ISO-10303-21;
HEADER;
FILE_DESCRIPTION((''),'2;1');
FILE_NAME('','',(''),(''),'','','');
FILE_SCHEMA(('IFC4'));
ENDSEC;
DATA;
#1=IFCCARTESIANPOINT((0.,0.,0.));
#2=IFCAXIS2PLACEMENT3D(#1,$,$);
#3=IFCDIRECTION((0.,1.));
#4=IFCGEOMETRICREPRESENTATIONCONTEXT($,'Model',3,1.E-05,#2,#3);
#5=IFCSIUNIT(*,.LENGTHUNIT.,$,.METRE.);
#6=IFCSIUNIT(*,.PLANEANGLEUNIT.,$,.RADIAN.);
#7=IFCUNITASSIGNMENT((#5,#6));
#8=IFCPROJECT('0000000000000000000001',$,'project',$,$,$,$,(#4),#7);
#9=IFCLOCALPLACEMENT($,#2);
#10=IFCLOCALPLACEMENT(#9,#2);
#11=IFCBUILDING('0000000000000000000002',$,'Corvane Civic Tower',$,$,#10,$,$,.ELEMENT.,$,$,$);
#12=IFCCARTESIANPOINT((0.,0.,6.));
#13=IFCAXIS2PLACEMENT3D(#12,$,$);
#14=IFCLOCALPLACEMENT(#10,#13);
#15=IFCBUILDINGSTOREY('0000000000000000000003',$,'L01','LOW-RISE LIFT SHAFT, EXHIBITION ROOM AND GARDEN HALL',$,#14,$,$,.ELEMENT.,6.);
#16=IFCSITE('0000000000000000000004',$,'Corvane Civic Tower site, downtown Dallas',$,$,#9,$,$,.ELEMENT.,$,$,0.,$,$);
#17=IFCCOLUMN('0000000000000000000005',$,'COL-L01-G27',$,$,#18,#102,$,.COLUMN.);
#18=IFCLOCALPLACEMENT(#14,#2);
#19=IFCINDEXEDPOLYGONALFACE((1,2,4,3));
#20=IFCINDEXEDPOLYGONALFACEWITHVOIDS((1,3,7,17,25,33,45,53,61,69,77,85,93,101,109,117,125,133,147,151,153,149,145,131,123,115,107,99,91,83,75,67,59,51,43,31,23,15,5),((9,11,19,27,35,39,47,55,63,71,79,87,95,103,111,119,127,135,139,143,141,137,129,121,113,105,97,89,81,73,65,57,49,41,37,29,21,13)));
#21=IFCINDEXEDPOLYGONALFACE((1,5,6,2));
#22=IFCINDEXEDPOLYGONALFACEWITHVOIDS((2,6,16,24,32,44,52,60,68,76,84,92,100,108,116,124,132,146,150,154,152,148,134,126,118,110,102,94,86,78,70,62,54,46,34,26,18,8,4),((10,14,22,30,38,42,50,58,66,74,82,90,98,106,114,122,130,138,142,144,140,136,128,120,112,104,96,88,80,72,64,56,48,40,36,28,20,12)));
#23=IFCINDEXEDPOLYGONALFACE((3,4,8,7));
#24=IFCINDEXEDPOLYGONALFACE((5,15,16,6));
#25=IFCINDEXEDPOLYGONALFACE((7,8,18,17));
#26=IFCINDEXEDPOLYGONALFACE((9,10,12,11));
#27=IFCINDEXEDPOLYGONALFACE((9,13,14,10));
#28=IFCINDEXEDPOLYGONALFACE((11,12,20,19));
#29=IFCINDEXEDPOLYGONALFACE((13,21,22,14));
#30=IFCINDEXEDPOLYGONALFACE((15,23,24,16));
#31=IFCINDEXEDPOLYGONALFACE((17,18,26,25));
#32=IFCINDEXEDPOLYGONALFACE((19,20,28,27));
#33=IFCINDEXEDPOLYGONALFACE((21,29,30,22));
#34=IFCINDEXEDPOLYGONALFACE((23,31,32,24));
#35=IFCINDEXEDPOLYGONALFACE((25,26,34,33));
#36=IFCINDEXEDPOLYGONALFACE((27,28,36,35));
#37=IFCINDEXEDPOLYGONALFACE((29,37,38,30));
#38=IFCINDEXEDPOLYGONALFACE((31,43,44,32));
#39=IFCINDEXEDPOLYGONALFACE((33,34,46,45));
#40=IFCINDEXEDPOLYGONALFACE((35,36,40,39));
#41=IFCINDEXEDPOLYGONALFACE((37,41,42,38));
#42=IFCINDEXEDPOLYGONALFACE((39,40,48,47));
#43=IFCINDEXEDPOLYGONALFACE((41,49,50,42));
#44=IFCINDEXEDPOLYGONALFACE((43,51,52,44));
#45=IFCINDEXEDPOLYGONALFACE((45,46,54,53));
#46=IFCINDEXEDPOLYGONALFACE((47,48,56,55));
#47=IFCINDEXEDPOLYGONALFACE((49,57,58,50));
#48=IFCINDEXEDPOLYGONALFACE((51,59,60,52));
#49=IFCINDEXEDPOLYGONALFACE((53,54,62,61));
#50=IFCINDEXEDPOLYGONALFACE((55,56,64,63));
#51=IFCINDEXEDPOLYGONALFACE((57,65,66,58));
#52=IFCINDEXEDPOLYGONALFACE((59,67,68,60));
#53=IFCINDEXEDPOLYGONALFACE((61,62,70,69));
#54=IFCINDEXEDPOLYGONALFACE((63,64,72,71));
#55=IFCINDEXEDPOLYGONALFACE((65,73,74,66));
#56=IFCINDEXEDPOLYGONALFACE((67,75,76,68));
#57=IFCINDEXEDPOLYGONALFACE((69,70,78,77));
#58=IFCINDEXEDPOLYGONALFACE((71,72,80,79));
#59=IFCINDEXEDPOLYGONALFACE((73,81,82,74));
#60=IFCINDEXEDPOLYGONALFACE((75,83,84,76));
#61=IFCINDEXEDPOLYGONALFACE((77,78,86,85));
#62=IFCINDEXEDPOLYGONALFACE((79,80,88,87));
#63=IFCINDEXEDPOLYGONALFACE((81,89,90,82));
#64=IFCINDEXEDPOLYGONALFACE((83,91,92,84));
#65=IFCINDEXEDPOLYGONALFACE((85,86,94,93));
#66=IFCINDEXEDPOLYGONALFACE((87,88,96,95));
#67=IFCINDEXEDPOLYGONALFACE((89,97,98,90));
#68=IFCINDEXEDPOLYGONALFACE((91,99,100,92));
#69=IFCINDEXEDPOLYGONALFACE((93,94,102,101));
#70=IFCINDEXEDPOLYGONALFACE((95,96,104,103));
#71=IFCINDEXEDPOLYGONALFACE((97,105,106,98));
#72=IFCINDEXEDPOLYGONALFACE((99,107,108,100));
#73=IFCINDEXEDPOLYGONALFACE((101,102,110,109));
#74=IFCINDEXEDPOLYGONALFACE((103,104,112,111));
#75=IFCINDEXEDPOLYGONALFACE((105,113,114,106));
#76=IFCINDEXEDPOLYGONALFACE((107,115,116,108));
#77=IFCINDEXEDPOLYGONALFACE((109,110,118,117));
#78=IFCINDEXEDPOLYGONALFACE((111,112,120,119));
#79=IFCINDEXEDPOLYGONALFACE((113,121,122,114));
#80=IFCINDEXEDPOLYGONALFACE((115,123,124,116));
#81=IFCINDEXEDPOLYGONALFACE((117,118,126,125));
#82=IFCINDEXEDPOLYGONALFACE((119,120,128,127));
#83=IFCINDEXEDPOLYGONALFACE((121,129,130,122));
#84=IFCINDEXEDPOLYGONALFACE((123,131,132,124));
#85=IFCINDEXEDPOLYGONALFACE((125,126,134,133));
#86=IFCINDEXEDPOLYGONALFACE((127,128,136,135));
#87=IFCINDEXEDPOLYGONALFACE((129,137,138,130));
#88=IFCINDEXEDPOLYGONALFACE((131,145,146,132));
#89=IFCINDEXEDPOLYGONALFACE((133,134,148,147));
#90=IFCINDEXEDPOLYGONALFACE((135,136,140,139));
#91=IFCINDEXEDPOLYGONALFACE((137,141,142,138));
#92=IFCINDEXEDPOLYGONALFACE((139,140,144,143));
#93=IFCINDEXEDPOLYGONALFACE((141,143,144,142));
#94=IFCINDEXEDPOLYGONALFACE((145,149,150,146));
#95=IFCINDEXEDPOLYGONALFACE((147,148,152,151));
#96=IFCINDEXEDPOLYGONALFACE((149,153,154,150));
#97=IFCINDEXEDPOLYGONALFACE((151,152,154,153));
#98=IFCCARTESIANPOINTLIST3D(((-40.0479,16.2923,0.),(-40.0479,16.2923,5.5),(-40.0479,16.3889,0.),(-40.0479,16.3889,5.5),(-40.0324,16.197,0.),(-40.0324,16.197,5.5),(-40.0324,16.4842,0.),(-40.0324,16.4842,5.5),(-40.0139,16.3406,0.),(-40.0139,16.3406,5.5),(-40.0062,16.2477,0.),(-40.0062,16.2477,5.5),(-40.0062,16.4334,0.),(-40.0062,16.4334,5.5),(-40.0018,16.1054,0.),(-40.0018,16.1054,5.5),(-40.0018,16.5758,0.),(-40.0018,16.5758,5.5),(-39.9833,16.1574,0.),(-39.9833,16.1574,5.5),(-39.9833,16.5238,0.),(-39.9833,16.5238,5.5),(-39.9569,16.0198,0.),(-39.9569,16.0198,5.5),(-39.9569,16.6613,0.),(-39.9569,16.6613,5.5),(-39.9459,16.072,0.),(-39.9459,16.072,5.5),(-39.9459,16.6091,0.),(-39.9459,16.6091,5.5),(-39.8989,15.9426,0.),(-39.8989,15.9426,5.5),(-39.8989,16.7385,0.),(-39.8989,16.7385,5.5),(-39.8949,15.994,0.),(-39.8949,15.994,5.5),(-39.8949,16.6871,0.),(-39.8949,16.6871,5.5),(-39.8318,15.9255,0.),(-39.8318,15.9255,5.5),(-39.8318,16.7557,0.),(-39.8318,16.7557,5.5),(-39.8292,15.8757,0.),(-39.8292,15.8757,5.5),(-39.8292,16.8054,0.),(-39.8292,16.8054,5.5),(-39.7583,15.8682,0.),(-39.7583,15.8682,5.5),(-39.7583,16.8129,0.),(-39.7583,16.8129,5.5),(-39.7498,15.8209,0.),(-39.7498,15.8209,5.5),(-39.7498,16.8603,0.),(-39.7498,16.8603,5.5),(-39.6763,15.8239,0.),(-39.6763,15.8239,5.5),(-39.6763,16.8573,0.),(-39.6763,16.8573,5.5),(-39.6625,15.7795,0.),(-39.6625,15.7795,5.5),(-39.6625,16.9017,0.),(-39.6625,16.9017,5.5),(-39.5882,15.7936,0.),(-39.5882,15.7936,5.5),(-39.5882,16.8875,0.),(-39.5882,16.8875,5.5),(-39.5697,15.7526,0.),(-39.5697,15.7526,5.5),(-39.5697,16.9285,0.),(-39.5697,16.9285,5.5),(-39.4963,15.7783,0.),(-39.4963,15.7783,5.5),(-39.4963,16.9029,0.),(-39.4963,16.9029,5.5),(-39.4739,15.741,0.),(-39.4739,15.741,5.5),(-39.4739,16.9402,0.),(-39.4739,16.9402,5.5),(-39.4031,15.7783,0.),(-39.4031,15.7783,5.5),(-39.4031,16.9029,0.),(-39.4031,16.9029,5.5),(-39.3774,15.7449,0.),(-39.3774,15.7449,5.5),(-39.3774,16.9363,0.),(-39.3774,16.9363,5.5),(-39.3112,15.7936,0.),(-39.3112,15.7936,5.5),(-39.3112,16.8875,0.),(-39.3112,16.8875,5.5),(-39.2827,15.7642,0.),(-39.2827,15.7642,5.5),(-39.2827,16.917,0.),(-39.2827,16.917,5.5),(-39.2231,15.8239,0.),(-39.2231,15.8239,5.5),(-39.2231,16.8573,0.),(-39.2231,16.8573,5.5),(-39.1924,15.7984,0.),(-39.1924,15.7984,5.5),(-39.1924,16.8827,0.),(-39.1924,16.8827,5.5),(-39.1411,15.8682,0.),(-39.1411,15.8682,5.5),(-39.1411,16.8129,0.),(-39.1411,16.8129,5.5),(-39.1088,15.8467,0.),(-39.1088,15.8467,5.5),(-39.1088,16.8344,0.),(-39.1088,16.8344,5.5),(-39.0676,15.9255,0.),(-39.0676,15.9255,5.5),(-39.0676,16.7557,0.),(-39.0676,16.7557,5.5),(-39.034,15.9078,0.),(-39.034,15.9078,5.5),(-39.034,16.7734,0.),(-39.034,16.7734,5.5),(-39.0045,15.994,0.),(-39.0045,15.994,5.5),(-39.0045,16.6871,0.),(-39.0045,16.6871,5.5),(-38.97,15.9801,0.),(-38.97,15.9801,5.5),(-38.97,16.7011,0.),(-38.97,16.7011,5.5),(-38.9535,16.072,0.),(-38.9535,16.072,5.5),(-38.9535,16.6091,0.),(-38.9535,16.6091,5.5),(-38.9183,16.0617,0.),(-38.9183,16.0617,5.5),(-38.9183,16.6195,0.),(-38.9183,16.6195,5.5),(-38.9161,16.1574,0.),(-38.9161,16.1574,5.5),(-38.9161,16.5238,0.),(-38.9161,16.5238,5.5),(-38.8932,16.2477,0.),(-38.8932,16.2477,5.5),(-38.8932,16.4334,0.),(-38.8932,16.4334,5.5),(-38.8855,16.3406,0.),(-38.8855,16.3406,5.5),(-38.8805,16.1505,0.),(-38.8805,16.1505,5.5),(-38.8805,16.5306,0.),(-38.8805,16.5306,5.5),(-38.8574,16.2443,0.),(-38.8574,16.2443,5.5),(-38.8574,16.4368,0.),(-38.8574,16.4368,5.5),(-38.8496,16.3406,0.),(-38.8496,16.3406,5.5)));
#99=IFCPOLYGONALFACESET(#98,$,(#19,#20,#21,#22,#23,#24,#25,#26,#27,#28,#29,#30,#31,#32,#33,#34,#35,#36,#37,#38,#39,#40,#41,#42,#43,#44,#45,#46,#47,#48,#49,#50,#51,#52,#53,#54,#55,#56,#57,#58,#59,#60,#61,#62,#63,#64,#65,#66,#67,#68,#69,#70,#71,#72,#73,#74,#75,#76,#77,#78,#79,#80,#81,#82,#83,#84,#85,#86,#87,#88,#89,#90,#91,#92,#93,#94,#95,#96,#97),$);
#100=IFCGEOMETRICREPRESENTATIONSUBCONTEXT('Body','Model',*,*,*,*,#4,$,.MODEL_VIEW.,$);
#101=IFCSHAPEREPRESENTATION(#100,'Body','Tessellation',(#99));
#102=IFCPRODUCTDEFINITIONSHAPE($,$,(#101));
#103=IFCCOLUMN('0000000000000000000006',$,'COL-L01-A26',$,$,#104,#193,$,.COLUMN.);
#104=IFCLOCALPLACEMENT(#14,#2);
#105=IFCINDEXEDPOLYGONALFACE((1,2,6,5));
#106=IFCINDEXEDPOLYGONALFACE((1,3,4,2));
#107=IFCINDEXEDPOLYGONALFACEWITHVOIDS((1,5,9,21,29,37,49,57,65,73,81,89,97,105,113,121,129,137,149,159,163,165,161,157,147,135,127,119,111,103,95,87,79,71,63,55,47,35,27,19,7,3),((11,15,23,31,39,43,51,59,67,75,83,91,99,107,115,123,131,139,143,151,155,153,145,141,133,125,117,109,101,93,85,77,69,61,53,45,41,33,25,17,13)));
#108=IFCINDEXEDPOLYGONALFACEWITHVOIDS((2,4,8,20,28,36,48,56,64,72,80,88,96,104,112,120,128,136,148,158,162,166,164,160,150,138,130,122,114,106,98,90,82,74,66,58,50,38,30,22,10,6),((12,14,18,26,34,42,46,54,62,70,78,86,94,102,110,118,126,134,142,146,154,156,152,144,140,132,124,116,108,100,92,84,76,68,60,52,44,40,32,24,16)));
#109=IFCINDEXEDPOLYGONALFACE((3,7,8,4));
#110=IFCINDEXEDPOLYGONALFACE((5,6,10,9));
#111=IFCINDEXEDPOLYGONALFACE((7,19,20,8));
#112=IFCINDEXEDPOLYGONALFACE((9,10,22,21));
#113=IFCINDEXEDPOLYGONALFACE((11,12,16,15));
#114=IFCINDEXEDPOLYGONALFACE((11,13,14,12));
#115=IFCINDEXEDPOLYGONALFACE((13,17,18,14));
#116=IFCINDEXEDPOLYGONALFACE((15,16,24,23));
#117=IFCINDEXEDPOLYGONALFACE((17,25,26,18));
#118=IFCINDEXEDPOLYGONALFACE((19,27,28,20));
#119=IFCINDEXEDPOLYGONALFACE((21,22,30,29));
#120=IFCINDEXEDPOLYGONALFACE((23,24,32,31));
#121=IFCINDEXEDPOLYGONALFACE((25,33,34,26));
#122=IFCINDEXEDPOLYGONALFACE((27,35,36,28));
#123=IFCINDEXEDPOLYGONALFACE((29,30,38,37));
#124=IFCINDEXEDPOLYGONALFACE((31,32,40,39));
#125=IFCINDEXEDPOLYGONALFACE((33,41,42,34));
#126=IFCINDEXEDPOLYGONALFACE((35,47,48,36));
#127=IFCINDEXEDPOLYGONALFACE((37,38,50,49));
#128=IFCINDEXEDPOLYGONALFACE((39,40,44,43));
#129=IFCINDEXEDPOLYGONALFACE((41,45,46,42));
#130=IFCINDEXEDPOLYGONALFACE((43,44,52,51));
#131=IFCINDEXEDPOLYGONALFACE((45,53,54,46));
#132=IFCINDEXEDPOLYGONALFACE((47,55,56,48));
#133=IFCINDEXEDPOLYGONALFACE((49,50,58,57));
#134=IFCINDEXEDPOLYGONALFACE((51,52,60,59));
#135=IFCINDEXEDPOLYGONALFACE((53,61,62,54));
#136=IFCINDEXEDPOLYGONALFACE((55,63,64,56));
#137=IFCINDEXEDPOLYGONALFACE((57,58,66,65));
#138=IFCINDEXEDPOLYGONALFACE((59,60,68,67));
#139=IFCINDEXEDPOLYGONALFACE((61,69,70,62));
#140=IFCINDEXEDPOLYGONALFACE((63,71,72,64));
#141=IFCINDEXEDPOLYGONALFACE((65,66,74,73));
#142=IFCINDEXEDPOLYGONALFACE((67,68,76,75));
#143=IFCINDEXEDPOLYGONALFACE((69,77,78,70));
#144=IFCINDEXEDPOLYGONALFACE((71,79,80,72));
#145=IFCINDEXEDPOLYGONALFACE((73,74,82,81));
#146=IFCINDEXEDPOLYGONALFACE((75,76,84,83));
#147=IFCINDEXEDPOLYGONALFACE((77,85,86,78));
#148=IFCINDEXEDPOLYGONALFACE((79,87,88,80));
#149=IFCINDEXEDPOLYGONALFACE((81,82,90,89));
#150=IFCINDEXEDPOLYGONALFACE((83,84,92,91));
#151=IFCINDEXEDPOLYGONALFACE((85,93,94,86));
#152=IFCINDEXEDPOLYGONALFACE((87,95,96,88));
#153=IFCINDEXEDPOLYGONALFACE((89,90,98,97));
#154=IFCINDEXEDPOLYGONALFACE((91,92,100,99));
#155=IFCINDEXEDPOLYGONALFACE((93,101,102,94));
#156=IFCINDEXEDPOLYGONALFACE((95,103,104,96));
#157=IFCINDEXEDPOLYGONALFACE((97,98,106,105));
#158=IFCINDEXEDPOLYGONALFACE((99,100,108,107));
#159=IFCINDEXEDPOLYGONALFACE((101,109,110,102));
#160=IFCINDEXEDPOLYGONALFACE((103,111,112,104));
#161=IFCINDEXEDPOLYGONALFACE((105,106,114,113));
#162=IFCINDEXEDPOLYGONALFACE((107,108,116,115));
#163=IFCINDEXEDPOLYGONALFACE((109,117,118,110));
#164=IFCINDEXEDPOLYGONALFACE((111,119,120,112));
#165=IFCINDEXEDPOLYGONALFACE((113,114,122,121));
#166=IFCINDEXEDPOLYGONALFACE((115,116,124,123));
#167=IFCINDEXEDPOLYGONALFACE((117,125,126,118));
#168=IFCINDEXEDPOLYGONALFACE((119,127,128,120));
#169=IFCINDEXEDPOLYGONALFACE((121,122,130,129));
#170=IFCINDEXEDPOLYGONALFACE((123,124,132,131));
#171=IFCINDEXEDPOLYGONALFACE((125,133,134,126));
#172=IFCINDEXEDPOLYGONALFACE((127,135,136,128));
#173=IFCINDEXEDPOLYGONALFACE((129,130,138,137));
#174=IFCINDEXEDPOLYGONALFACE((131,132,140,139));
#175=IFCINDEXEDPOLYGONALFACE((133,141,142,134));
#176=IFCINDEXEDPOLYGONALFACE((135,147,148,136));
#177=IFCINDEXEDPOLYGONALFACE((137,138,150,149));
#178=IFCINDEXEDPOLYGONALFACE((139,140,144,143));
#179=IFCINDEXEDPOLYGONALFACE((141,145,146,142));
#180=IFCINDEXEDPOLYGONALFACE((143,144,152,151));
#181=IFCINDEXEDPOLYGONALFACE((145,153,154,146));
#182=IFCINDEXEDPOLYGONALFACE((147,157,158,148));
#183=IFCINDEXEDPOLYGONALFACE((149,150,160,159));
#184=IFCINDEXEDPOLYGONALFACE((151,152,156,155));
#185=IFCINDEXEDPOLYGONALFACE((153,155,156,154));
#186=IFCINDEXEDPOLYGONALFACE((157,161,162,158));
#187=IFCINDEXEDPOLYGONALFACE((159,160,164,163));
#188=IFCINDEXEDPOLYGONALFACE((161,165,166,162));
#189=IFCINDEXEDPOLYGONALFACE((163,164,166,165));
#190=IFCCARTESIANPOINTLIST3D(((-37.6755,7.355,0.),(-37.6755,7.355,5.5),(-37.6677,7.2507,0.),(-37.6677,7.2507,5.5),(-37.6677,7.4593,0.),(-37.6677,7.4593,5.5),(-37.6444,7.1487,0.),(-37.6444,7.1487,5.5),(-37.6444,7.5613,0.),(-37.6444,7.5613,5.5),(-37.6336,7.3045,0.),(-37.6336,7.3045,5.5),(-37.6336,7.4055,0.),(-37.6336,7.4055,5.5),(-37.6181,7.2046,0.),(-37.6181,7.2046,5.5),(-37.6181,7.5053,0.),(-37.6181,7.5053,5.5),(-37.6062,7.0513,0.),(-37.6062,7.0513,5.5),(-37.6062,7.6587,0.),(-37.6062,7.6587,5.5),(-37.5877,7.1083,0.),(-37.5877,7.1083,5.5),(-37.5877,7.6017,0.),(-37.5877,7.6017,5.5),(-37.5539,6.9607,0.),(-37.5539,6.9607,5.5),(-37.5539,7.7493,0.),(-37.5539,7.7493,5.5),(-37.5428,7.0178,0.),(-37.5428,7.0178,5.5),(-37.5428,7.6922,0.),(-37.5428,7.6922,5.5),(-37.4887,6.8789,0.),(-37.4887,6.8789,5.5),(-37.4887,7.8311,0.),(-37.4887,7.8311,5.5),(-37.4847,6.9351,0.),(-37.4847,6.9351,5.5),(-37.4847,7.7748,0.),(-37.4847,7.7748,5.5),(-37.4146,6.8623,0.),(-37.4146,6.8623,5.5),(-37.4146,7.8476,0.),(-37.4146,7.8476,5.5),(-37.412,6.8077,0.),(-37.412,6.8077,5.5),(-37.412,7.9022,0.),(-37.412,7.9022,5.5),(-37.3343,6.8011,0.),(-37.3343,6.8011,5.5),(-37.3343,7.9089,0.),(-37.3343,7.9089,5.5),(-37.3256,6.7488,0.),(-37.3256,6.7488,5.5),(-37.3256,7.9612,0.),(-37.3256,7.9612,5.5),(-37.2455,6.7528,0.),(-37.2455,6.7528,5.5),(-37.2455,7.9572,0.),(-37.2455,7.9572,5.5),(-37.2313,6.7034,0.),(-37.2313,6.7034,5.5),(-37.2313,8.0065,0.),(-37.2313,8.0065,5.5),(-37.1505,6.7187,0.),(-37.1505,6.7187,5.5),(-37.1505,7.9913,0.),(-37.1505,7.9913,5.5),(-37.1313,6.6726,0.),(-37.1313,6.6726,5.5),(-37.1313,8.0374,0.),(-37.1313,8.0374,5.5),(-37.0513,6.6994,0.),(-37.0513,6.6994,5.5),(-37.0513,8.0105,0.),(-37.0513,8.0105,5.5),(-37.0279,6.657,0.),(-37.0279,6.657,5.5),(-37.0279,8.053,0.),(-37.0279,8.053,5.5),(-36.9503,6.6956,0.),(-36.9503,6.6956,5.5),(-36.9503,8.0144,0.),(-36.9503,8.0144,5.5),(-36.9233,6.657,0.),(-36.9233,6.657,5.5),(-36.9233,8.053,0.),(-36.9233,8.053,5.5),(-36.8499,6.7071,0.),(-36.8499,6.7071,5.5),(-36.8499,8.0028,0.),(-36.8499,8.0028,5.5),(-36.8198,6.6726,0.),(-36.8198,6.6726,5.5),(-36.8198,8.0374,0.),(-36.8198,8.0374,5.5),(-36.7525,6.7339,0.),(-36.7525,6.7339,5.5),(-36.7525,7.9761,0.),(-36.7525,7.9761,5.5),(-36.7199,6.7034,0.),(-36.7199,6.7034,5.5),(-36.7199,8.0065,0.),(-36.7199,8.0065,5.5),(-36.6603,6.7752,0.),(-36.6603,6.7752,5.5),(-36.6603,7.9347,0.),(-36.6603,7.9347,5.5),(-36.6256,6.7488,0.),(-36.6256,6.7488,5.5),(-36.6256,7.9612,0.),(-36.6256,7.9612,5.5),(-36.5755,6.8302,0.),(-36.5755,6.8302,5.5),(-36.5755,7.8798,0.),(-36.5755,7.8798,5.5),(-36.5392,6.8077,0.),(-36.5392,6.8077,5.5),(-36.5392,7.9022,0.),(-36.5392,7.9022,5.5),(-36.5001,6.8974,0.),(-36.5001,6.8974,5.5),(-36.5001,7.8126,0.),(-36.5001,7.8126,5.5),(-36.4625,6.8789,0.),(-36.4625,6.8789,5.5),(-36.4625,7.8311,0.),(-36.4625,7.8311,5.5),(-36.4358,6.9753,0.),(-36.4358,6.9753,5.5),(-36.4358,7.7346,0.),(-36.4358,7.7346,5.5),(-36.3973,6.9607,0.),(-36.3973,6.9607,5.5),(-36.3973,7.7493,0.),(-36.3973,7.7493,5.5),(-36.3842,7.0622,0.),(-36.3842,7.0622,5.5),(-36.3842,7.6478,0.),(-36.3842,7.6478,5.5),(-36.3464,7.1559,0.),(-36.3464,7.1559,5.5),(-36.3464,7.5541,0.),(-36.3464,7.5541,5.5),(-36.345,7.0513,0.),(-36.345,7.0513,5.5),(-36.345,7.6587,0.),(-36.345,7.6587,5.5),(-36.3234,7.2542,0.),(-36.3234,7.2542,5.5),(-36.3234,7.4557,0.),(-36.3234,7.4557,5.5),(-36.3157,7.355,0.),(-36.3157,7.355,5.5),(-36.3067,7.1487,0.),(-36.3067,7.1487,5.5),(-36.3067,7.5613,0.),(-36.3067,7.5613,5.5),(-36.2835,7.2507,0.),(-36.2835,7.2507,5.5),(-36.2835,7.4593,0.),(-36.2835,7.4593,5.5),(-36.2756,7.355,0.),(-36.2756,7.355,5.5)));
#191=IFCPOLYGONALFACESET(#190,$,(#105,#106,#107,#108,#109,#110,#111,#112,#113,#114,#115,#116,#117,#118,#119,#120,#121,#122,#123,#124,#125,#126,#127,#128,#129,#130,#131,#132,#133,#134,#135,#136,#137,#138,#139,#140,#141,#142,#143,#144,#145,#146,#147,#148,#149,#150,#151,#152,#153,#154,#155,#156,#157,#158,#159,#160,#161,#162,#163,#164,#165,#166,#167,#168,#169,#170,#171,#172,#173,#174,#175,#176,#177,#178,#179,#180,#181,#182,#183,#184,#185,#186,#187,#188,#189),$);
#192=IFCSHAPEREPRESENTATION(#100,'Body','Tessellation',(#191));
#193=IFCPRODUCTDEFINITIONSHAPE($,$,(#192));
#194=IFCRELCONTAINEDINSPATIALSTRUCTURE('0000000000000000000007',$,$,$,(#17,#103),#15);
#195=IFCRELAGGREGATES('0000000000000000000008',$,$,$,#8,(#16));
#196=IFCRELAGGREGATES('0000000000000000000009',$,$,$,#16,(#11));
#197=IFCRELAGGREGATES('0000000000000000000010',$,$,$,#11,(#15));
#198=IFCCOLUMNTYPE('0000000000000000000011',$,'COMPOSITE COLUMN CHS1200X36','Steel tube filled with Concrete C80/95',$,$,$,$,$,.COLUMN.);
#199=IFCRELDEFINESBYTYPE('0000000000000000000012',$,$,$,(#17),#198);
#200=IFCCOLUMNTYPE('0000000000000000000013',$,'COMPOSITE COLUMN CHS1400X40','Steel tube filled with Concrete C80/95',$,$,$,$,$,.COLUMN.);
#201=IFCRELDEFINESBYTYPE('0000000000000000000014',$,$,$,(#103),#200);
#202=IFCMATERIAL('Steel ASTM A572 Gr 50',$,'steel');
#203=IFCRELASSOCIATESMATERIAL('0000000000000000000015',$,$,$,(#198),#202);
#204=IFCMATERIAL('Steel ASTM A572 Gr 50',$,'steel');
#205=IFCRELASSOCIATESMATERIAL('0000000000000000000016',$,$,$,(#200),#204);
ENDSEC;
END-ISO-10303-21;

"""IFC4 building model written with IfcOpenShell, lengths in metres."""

from ifc_helpers import new_model, si_unit, direction, frame, origin, origin_2d, place, context, subcontext, project, spatial, hollow_circle, extrude, material, material_profile, profile_set, type_object, element, save


model = new_model("IFC4")

# Units and contexts
model_context = context("Model", 3, precision=1e-05, world=origin(), true_north=direction((0.0, 1.0)))
body_context = subcontext(model_context, "Body", "Model", "MODEL_VIEW")
ifc_project = project(units=[si_unit("LENGTHUNIT", "METRE"), si_unit("PLANEANGLEUNIT", "RADIAN")], contexts=[model_context])

# Site, building, storey
site_placement = place(None, origin())
site = spatial("IfcSite", under=ifc_project, at=site_placement, Name="Corvane Civic Tower site, downtown Dallas", CompositionType="ELEMENT", RefElevation=0.0)
building_placement = place(site_placement, origin())
building = spatial("IfcBuilding", under=site, at=building_placement, Name="Corvane Civic Tower", CompositionType="ELEMENT")
storey_placement = place(building_placement, frame((0.0, 0.0, 6.0)))
storey = spatial("IfcBuildingStorey", under=building, at=storey_placement, Name="L01", Description="LOW-RISE LIFT SHAFT, EXHIBITION ROOM AND GARDEN HALL", CompositionType="ELEMENT", Elevation=6.0)

# Columns
ifc_material_1 = material(Name="Steel ASTM A572 Gr 50", Category="steel")
ifc_material_profile_1 = material_profile(ifc_material_1, hollow_circle(Radius=0.6001, WallThickness=0.0359, at=origin_2d()), Name="CHS1200X36")
ifc_profile_set_1 = profile_set([ifc_material_profile_1], Name="Steel ASTM A572 Gr 50")
column_type_1 = type_object("IfcColumnType", Name="COMPOSITE COLUMN CHS1200X36", Description="Steel tube filled with Concrete C80/95", PredefinedType="COLUMN", material=ifc_profile_set_1)
column_placement = place(storey_placement, frame((-39.4497, 16.3406, 0.0), z_axis=(0.0, 0.0, 1.0), x_axis=(1.0, 0.0, 0.0)))
element("IfcColumn", 1, at=column_placement, inside=storey, type_object=column_type_1, Name="COL-L01-G27", PredefinedType="COLUMN", context=body_context, shape_type="SweptSolid", body=[
    extrude(hollow_circle(Radius=0.6001, WallThickness=0.0359, at=origin_2d()), origin(), (0.0, 0.0, 1.0), 5.5),
])
ifc_material_2 = material(Name="Steel ASTM A572 Gr 50", Category="steel")
ifc_material_profile_2 = material_profile(ifc_material_2, hollow_circle(Radius=0.7, WallThickness=0.04, at=origin_2d()), Name="CHS1400X40")
ifc_profile_set_2 = profile_set([ifc_material_profile_2], Name="Steel ASTM A572 Gr 50")
column_type_2 = type_object("IfcColumnType", Name="COMPOSITE COLUMN CHS1400X40", Description="Steel tube filled with Concrete C80/95", PredefinedType="COLUMN", material=ifc_profile_set_2)
for number, where, z_axis, x_axis, name in (
    (2, (-36.9756, 7.355, 0.0), (0.0, 0.0, 1.0), (1.0, 0.0, 0.0), "COL-L01-A26"),
):
    element("IfcColumn", number, at=place(storey_placement, frame(where, z_axis=z_axis, x_axis=x_axis)), inside=storey, type_object=column_type_2, Name=name, PredefinedType="COLUMN", context=body_context, shape_type="SweptSolid", body=[
        extrude(hollow_circle(Radius=0.7, WallThickness=0.04, at=origin_2d()), origin(), (0.0, 0.0, 1.0), 5.5),
    ])

save(model, "model.ifc")
